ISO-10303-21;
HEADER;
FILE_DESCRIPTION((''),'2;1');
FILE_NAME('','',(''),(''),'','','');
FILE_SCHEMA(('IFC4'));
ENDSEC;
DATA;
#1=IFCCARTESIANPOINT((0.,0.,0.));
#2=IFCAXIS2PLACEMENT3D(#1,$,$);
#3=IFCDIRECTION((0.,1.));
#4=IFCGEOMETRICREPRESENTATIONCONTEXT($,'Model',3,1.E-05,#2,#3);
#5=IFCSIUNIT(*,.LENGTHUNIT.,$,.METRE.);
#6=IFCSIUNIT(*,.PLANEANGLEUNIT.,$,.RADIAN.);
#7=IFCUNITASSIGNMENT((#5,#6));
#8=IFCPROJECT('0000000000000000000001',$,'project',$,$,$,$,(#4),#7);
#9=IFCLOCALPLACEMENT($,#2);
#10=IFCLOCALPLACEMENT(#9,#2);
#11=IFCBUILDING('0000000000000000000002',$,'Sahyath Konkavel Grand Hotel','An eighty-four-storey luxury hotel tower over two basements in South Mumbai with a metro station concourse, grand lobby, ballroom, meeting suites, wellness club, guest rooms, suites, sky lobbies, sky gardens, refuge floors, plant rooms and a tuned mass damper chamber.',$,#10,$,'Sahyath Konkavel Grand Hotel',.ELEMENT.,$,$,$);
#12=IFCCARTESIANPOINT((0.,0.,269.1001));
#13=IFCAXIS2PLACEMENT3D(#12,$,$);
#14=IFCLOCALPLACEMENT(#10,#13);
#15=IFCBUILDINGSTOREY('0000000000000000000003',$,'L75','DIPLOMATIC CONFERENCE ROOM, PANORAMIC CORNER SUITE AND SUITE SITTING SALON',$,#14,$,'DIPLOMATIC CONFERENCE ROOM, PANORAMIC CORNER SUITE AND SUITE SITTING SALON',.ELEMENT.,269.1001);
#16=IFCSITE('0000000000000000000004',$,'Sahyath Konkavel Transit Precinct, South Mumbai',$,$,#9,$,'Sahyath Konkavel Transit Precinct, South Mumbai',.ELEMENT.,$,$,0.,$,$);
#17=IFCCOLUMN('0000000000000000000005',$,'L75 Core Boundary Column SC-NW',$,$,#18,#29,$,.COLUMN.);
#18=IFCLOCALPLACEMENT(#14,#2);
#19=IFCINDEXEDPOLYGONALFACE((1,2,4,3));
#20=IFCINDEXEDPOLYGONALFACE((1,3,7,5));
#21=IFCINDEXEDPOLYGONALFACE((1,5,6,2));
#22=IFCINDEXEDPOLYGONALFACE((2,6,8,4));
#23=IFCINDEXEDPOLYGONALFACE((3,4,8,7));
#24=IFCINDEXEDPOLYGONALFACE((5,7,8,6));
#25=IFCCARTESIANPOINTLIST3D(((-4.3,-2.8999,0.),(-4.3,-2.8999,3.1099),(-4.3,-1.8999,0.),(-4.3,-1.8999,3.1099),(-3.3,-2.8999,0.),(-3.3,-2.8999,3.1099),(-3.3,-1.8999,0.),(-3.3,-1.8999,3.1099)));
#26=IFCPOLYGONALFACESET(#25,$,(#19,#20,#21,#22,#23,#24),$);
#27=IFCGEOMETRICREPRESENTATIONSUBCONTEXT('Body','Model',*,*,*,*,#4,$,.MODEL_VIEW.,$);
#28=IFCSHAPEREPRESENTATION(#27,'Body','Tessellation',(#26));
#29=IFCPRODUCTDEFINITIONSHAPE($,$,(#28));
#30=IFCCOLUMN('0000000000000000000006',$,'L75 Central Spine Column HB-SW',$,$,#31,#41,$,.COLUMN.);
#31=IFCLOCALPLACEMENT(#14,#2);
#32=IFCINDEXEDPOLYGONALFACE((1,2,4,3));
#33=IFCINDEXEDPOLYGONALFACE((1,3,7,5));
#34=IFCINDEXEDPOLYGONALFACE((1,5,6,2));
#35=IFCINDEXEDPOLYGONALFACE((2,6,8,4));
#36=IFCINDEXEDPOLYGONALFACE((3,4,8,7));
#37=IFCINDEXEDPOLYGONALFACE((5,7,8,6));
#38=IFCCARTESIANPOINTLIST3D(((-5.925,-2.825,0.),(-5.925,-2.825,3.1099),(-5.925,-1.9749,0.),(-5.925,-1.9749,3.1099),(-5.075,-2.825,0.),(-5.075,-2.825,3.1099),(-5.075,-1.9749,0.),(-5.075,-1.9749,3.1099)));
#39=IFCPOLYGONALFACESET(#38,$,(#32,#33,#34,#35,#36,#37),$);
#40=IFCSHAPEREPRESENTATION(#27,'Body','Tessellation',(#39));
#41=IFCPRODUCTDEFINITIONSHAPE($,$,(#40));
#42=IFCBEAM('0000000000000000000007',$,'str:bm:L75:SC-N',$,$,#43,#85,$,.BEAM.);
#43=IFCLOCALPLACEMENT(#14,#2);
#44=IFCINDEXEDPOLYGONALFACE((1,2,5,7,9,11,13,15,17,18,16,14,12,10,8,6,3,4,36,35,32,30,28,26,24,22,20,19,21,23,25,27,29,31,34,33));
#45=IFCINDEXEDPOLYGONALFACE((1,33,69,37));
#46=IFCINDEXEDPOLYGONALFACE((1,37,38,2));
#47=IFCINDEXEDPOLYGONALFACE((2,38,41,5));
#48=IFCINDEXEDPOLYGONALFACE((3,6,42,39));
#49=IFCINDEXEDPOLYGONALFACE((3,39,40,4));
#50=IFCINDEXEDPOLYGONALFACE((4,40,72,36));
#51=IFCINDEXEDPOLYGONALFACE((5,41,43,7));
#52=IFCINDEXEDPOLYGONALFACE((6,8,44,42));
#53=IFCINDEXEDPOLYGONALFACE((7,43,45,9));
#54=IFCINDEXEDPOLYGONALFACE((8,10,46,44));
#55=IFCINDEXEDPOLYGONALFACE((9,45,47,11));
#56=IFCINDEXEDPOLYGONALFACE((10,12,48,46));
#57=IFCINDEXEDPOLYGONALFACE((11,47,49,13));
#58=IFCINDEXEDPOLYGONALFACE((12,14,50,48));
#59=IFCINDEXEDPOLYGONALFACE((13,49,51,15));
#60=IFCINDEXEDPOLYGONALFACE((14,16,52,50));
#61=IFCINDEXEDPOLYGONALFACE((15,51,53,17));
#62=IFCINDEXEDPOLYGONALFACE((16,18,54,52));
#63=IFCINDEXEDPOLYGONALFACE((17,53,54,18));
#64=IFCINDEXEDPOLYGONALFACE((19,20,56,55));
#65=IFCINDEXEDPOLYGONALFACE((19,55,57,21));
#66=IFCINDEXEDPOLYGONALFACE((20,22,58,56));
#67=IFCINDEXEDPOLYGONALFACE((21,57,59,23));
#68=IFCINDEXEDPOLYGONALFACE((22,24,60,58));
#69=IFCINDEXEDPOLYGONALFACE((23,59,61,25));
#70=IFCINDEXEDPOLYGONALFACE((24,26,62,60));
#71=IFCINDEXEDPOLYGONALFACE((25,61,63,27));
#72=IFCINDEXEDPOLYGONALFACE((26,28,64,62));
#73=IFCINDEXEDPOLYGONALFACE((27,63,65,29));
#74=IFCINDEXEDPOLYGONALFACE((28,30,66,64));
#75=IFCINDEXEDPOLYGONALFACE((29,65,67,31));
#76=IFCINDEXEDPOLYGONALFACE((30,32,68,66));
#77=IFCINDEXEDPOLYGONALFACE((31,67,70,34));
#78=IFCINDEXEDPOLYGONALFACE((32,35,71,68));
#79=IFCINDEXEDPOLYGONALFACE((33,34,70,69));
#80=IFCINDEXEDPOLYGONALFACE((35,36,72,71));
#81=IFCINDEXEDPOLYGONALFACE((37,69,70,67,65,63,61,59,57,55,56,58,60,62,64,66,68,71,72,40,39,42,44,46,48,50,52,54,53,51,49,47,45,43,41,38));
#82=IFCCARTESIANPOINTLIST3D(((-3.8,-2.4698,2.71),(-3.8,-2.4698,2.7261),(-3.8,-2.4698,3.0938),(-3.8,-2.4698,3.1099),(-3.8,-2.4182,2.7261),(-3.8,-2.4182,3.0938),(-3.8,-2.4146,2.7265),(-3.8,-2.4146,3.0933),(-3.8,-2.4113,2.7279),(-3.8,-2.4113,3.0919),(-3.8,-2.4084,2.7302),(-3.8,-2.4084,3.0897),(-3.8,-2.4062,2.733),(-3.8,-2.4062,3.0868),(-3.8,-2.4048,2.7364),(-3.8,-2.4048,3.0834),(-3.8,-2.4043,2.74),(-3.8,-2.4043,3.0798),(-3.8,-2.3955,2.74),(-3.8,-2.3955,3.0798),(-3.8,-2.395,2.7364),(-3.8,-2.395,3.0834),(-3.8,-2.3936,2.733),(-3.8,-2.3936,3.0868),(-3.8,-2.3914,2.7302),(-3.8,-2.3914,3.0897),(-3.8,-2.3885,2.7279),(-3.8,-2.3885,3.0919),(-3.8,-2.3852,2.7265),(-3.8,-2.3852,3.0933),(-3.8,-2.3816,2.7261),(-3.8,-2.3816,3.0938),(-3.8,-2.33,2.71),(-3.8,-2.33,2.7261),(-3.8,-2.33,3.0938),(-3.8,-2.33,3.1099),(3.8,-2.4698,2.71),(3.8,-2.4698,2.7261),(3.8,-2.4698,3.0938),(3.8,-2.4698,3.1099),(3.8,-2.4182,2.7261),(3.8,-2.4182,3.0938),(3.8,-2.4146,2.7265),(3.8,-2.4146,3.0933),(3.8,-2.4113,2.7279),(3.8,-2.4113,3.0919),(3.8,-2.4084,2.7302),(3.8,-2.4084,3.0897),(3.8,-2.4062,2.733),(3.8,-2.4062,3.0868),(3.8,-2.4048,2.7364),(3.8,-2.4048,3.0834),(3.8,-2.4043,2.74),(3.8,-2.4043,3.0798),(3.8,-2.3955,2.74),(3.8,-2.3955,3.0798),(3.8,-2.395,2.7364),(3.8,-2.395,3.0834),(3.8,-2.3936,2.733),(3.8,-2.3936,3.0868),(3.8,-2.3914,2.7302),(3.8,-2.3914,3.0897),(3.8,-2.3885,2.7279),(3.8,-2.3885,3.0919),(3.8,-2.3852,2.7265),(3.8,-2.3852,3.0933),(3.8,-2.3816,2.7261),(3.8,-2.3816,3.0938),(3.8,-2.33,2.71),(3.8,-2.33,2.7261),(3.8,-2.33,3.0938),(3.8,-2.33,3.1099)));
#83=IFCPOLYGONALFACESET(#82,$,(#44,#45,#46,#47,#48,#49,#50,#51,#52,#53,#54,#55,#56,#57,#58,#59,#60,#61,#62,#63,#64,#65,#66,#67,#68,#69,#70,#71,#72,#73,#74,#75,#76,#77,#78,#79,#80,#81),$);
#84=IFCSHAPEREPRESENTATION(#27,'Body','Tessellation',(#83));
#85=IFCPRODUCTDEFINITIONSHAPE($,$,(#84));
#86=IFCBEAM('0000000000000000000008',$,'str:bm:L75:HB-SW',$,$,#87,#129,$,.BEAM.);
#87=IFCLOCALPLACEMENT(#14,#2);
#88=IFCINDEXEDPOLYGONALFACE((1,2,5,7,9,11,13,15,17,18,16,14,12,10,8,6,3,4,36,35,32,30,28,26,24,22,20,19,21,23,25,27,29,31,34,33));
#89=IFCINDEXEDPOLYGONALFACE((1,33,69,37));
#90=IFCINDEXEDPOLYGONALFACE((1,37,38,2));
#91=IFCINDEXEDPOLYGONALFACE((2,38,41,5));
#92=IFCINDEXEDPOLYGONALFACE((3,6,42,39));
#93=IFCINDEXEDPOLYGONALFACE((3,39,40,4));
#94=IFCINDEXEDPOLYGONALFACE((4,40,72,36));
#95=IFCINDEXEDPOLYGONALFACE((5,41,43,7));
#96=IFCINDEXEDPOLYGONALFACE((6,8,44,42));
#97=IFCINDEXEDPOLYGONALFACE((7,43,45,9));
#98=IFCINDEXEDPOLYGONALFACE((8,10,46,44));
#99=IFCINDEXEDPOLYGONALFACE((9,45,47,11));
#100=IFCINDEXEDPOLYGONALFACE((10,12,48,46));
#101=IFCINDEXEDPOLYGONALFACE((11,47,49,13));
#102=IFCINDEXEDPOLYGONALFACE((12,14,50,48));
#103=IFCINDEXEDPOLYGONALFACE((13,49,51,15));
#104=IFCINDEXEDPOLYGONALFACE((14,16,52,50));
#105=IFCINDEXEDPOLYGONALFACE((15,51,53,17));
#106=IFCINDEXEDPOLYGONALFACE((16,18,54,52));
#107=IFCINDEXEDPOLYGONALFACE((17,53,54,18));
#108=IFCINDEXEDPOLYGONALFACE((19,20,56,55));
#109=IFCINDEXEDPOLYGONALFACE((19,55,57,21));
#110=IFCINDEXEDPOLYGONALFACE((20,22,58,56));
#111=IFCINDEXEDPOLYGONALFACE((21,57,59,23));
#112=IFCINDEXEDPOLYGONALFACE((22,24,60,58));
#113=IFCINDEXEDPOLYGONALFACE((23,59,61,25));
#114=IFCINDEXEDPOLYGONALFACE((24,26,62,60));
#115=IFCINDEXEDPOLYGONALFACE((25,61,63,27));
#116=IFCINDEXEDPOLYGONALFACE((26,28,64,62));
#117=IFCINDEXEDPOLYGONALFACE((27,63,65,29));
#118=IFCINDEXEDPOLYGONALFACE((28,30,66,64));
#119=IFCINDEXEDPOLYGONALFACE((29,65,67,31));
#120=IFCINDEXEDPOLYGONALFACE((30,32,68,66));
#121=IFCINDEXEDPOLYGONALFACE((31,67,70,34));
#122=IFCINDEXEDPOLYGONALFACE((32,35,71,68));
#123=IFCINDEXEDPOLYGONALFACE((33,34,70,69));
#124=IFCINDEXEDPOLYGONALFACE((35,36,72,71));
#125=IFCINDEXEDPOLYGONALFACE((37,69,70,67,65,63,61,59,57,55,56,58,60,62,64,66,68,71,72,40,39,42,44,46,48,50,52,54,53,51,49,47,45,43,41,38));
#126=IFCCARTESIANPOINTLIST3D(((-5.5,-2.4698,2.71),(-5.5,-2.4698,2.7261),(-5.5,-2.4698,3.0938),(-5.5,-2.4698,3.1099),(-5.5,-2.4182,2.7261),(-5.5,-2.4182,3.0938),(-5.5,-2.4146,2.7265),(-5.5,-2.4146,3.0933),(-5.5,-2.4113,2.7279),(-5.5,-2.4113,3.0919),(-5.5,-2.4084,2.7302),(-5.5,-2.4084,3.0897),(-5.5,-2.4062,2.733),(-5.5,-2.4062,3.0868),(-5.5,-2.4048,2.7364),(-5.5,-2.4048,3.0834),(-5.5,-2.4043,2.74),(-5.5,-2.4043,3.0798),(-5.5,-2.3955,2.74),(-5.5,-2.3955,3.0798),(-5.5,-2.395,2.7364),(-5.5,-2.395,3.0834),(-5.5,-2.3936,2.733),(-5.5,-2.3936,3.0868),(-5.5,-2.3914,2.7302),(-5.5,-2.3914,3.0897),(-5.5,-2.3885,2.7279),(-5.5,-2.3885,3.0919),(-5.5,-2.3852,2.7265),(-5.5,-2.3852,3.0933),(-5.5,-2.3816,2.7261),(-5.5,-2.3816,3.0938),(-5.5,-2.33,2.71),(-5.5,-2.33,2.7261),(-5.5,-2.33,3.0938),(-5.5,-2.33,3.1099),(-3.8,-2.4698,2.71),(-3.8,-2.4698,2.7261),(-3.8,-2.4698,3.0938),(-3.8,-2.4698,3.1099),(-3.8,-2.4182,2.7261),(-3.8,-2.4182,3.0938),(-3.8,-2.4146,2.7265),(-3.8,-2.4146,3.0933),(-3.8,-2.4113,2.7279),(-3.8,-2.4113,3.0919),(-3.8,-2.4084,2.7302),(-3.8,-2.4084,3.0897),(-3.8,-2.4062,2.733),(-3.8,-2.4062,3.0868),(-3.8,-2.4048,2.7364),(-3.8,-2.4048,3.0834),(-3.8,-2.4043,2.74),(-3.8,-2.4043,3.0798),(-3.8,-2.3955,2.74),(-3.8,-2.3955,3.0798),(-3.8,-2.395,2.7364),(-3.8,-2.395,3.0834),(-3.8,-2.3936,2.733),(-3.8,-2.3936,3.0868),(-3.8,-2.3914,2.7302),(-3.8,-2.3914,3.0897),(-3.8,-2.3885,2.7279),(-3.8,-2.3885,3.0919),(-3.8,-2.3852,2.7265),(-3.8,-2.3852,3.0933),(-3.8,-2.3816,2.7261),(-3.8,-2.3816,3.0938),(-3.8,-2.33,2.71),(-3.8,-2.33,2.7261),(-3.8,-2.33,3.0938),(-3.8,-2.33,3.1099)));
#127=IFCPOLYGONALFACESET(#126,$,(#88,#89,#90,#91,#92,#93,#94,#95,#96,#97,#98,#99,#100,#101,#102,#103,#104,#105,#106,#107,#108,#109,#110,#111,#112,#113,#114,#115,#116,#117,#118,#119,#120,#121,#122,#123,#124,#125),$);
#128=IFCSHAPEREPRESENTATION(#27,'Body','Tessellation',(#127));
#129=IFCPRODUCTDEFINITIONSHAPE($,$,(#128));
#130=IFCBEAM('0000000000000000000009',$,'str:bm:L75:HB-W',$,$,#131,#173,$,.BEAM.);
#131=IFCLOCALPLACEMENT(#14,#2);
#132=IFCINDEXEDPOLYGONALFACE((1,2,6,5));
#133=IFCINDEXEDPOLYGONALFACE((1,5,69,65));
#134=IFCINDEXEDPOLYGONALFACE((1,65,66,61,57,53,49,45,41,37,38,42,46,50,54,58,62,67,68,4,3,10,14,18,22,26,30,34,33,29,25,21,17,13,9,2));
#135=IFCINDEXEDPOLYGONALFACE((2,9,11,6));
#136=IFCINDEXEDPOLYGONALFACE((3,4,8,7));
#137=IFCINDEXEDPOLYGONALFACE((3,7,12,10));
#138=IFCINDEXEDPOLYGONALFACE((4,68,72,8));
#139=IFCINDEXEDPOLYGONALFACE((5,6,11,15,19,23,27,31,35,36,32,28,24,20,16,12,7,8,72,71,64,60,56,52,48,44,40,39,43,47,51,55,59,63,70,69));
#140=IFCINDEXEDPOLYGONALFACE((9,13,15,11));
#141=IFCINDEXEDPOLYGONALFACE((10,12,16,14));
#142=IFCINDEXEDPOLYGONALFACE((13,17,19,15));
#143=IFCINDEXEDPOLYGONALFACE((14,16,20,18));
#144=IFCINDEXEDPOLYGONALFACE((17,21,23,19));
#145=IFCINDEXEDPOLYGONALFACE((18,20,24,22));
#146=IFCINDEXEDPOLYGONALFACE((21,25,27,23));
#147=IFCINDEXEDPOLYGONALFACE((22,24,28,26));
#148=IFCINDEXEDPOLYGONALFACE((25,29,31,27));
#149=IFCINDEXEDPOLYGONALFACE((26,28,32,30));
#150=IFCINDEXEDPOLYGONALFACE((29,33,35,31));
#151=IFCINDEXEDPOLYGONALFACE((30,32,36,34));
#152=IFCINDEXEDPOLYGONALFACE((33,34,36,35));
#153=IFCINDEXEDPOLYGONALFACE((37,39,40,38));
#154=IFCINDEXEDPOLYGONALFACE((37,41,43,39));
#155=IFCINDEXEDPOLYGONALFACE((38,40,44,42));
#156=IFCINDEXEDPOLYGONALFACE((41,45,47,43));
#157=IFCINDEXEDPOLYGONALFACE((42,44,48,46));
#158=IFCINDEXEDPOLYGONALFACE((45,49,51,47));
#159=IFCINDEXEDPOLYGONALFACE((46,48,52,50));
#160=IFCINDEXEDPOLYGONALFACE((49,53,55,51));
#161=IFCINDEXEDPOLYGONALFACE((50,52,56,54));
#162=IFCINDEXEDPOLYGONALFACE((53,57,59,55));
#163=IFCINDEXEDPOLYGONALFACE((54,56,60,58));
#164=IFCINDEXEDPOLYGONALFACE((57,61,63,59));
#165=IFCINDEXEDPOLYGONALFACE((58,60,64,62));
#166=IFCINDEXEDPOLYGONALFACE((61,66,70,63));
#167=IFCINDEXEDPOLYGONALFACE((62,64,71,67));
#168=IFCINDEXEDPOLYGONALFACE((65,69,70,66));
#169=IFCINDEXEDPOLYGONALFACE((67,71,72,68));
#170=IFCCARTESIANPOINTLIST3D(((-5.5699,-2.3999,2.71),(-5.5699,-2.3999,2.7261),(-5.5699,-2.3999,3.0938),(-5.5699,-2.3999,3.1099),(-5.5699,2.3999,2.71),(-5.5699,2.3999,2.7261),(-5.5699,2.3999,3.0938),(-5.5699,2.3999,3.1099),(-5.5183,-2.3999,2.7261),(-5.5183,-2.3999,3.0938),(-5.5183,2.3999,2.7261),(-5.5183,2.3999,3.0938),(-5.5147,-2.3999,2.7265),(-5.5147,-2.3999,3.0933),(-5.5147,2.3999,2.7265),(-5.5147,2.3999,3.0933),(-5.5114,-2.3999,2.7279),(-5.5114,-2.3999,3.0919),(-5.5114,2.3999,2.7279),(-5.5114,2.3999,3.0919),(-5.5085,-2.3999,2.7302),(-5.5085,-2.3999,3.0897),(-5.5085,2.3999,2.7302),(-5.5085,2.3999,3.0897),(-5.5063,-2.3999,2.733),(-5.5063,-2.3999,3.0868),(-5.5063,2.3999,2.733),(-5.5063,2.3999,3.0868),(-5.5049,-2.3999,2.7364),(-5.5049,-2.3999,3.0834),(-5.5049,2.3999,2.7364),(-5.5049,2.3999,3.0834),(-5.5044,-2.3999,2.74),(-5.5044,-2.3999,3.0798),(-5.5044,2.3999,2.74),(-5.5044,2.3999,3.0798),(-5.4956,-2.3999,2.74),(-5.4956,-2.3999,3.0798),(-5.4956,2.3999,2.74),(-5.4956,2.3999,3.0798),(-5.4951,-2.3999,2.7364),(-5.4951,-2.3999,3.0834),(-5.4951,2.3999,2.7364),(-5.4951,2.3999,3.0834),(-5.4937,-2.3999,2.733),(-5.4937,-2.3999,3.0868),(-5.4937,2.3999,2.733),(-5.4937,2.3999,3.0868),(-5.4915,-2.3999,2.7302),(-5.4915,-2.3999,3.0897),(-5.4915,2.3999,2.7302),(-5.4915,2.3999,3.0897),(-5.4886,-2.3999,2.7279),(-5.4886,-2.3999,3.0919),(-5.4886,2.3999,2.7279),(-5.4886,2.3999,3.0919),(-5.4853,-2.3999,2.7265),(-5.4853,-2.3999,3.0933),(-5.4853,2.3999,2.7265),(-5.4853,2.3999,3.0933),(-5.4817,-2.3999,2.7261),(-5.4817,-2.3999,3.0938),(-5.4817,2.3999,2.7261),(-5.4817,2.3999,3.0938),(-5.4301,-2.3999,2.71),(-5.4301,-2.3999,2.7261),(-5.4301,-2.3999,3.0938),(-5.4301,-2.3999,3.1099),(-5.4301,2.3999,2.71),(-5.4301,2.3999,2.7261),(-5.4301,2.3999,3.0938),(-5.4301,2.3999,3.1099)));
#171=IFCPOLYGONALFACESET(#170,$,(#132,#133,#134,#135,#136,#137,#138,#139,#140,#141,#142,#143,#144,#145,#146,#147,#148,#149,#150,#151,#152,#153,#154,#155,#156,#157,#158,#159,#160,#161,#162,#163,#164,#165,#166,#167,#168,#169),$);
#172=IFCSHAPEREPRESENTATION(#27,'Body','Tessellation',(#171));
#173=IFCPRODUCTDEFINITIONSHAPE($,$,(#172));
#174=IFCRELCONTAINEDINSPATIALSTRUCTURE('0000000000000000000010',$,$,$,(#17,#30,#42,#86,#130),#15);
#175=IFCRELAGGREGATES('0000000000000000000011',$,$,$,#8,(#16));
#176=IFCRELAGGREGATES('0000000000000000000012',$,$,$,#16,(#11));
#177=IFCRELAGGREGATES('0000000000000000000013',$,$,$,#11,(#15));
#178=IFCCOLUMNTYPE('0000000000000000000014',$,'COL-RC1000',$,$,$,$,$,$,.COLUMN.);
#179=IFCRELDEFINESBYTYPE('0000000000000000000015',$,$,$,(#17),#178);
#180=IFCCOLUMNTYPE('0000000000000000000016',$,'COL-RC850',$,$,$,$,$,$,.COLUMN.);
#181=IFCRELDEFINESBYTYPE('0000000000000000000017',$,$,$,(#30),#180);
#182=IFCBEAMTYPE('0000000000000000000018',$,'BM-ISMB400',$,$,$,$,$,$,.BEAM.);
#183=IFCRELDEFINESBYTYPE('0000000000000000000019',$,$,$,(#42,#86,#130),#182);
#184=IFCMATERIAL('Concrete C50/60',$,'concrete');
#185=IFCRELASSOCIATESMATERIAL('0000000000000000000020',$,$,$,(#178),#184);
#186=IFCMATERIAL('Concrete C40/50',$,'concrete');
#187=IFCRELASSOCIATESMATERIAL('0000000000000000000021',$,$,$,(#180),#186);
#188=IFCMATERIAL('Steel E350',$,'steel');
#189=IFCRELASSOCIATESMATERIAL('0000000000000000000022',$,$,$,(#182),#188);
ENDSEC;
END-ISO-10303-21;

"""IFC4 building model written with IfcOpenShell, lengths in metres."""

from ifc_helpers import new_model, si_unit, direction, frame, origin, origin_2d, place, context, subcontext, project, spatial, rectangle, i_section, extrude, source, transform, mapped, material, material_profile, profile_set, type_object, element, save


model = new_model("IFC4")

# Units and contexts
model_context = context("Model", 3, precision=1e-05, world=origin(), true_north=direction((0.0, 1.0)))
body_context = subcontext(model_context, "Body", "Model", "MODEL_VIEW")
ifc_project = project(units=[si_unit("LENGTHUNIT", "METRE"), si_unit("PLANEANGLEUNIT", "RADIAN")], contexts=[model_context])

# Site, building, storey
site_placement = place(None, origin())
site = spatial("IfcSite", under=ifc_project, at=site_placement, Name="Sahyath Konkavel Transit Precinct, South Mumbai", LongName="Sahyath Konkavel Transit Precinct, South Mumbai", CompositionType="ELEMENT", RefElevation=0.0)
building_placement = place(site_placement, origin())
building = spatial("IfcBuilding", under=site, at=building_placement, Name="Sahyath Konkavel Grand Hotel", Description="An eighty-four-storey luxury hotel tower over two basements in South Mumbai with a metro station concourse, grand lobby, ballroom, meeting suites, wellness club, guest rooms, suites, sky lobbies, sky gardens, refuge floors, plant rooms and a tuned mass damper chamber.", LongName="Sahyath Konkavel Grand Hotel", CompositionType="ELEMENT")
storey_placement = place(building_placement, frame((0.0, 0.0, 269.1001)))
storey = spatial("IfcBuildingStorey", under=building, at=storey_placement, Name="L75", Description="DIPLOMATIC CONFERENCE ROOM, PANORAMIC CORNER SUITE AND SUITE SITTING SALON", LongName="DIPLOMATIC CONFERENCE ROOM, PANORAMIC CORNER SUITE AND SUITE SITTING SALON", CompositionType="ELEMENT", Elevation=269.1001)

# Columns
ifc_material_1 = material(Name="Concrete C50/60", Category="concrete")
ifc_material_profile_1 = material_profile(ifc_material_1, rectangle(XDim=1.0, YDim=1.0, at=origin_2d()), Name="RC 1000x1000")
ifc_profile_set_1 = profile_set([ifc_material_profile_1], Name="Concrete C50/60")
column_type_1 = type_object("IfcColumnType", Name="COL-RC1000", PredefinedType="COLUMN", material=ifc_profile_set_1)
shared_shape_1 = source(origin(), body_context, "Body", "SweptSolid", [
    extrude(rectangle(XDim=1.0, YDim=1.0, at=origin_2d()), origin(), (0.0, 0.0, 1.0), 3.1099),
])
column_1_placement = place(storey_placement, frame((-3.8, -2.3999, 0.0), z_axis=(0.0, 0.0, 1.0), x_axis=(1.0, 0.0, 0.0)))
element("IfcColumn", 1, at=column_1_placement, inside=storey, type_object=column_type_1, Name="L75 Core Boundary Column SC-NW", PredefinedType="COLUMN", context=body_context, shape_type="MappedRepresentation", body=[
    mapped(shared_shape_1, transform((0.0, 0.0, 0.0), scale=1.0)),
])
ifc_material_2 = material(Name="Concrete C40/50", Category="concrete")
ifc_material_profile_2 = material_profile(ifc_material_2, rectangle(XDim=0.8501, YDim=0.8501, at=origin_2d()), Name="RC 850x850")
ifc_profile_set_2 = profile_set([ifc_material_profile_2], Name="Concrete C40/50")
column_type_2 = type_object("IfcColumnType", Name="COL-RC850", PredefinedType="COLUMN", material=ifc_profile_set_2)
shared_shape_2 = source(origin(), body_context, "Body", "SweptSolid", [
    extrude(rectangle(XDim=0.8501, YDim=0.8501, at=origin_2d()), origin(), (0.0, 0.0, 1.0), 3.1099),
])
column_2_placement = place(storey_placement, frame((-5.5, -2.3999, 0.0), z_axis=(0.0, 0.0, 1.0), x_axis=(1.0, 0.0, 0.0)))
element("IfcColumn", 2, at=column_2_placement, inside=storey, type_object=column_type_2, Name="L75 Central Spine Column HB-SW", PredefinedType="COLUMN", context=body_context, shape_type="MappedRepresentation", body=[
    mapped(shared_shape_2, transform((0.0, 0.0, 0.0), scale=1.0)),
])

# Beams
ifc_material_3 = material(Name="Steel E350", Category="steel")
ifc_material_profile_3 = material_profile(ifc_material_3, i_section(OverallWidth=0.1399, OverallDepth=0.3999, WebThickness=0.0088, FlangeThickness=0.0161, FilletRadius=0.0139, at=origin_2d()), Name="ISMB 400")
ifc_profile_set_3 = profile_set([ifc_material_profile_3], Name="Steel E350")
beam_type_1 = type_object("IfcBeamType", Name="BM-ISMB400", PredefinedType="BEAM", material=ifc_profile_set_3)
shared_shape_3 = source(origin(), body_context, "Body", "SweptSolid", [
    extrude(i_section(OverallWidth=0.1399, OverallDepth=0.3999, WebThickness=0.0088, FlangeThickness=0.0161, FilletRadius=0.0139, at=origin_2d()), origin(), (0.0, 0.0, 1.0), 7.6001),
])
beam_1_placement = place(storey_placement, frame((-3.8, -2.3999, 2.9099), z_axis=(1.0, 0.0, 0.0), x_axis=(0.0, 1.0, 0.0)))
element("IfcBeam", 3, at=beam_1_placement, inside=storey, type_object=beam_type_1, Name="str:bm:L75:SC-N", PredefinedType="BEAM", context=body_context, shape_type="MappedRepresentation", body=[
    mapped(shared_shape_3, transform((0.0, 0.0, 0.0), scale=1.0)),
])
shared_shape_4 = source(origin(), body_context, "Body", "SweptSolid", [
    extrude(i_section(OverallWidth=0.1399, OverallDepth=0.3999, WebThickness=0.0088, FlangeThickness=0.0161, FilletRadius=0.0139, at=origin_2d()), origin(), (0.0, 0.0, 1.0), 1.7),
])
beam_2_placement = place(storey_placement, frame((-5.5, -2.3999, 2.9099), z_axis=(1.0, 0.0, 0.0), x_axis=(0.0, 1.0, 0.0)))
element("IfcBeam", 4, at=beam_2_placement, inside=storey, type_object=beam_type_1, Name="str:bm:L75:HB-SW", PredefinedType="BEAM", context=body_context, shape_type="MappedRepresentation", body=[
    mapped(shared_shape_4, transform((0.0, 0.0, 0.0), scale=1.0)),
])
shared_shape_5 = source(origin(), body_context, "Body", "SweptSolid", [
    extrude(i_section(OverallWidth=0.1399, OverallDepth=0.3999, WebThickness=0.0088, FlangeThickness=0.0161, FilletRadius=0.0139, at=origin_2d()), origin(), (0.0, 0.0, 1.0), 4.7998),
])
beam_3_placement = place(storey_placement, frame((-5.5, -2.3999, 2.9099), z_axis=(0.0, 1.0, 0.0), x_axis=(-1.0, 0.0, 0.0)))
element("IfcBeam", 5, at=beam_3_placement, inside=storey, type_object=beam_type_1, Name="str:bm:L75:HB-W", PredefinedType="BEAM", context=body_context, shape_type="MappedRepresentation", body=[
    mapped(shared_shape_5, transform((0.0, 0.0, 0.0), scale=1.0)),
])

save(model, "model.ifc")
